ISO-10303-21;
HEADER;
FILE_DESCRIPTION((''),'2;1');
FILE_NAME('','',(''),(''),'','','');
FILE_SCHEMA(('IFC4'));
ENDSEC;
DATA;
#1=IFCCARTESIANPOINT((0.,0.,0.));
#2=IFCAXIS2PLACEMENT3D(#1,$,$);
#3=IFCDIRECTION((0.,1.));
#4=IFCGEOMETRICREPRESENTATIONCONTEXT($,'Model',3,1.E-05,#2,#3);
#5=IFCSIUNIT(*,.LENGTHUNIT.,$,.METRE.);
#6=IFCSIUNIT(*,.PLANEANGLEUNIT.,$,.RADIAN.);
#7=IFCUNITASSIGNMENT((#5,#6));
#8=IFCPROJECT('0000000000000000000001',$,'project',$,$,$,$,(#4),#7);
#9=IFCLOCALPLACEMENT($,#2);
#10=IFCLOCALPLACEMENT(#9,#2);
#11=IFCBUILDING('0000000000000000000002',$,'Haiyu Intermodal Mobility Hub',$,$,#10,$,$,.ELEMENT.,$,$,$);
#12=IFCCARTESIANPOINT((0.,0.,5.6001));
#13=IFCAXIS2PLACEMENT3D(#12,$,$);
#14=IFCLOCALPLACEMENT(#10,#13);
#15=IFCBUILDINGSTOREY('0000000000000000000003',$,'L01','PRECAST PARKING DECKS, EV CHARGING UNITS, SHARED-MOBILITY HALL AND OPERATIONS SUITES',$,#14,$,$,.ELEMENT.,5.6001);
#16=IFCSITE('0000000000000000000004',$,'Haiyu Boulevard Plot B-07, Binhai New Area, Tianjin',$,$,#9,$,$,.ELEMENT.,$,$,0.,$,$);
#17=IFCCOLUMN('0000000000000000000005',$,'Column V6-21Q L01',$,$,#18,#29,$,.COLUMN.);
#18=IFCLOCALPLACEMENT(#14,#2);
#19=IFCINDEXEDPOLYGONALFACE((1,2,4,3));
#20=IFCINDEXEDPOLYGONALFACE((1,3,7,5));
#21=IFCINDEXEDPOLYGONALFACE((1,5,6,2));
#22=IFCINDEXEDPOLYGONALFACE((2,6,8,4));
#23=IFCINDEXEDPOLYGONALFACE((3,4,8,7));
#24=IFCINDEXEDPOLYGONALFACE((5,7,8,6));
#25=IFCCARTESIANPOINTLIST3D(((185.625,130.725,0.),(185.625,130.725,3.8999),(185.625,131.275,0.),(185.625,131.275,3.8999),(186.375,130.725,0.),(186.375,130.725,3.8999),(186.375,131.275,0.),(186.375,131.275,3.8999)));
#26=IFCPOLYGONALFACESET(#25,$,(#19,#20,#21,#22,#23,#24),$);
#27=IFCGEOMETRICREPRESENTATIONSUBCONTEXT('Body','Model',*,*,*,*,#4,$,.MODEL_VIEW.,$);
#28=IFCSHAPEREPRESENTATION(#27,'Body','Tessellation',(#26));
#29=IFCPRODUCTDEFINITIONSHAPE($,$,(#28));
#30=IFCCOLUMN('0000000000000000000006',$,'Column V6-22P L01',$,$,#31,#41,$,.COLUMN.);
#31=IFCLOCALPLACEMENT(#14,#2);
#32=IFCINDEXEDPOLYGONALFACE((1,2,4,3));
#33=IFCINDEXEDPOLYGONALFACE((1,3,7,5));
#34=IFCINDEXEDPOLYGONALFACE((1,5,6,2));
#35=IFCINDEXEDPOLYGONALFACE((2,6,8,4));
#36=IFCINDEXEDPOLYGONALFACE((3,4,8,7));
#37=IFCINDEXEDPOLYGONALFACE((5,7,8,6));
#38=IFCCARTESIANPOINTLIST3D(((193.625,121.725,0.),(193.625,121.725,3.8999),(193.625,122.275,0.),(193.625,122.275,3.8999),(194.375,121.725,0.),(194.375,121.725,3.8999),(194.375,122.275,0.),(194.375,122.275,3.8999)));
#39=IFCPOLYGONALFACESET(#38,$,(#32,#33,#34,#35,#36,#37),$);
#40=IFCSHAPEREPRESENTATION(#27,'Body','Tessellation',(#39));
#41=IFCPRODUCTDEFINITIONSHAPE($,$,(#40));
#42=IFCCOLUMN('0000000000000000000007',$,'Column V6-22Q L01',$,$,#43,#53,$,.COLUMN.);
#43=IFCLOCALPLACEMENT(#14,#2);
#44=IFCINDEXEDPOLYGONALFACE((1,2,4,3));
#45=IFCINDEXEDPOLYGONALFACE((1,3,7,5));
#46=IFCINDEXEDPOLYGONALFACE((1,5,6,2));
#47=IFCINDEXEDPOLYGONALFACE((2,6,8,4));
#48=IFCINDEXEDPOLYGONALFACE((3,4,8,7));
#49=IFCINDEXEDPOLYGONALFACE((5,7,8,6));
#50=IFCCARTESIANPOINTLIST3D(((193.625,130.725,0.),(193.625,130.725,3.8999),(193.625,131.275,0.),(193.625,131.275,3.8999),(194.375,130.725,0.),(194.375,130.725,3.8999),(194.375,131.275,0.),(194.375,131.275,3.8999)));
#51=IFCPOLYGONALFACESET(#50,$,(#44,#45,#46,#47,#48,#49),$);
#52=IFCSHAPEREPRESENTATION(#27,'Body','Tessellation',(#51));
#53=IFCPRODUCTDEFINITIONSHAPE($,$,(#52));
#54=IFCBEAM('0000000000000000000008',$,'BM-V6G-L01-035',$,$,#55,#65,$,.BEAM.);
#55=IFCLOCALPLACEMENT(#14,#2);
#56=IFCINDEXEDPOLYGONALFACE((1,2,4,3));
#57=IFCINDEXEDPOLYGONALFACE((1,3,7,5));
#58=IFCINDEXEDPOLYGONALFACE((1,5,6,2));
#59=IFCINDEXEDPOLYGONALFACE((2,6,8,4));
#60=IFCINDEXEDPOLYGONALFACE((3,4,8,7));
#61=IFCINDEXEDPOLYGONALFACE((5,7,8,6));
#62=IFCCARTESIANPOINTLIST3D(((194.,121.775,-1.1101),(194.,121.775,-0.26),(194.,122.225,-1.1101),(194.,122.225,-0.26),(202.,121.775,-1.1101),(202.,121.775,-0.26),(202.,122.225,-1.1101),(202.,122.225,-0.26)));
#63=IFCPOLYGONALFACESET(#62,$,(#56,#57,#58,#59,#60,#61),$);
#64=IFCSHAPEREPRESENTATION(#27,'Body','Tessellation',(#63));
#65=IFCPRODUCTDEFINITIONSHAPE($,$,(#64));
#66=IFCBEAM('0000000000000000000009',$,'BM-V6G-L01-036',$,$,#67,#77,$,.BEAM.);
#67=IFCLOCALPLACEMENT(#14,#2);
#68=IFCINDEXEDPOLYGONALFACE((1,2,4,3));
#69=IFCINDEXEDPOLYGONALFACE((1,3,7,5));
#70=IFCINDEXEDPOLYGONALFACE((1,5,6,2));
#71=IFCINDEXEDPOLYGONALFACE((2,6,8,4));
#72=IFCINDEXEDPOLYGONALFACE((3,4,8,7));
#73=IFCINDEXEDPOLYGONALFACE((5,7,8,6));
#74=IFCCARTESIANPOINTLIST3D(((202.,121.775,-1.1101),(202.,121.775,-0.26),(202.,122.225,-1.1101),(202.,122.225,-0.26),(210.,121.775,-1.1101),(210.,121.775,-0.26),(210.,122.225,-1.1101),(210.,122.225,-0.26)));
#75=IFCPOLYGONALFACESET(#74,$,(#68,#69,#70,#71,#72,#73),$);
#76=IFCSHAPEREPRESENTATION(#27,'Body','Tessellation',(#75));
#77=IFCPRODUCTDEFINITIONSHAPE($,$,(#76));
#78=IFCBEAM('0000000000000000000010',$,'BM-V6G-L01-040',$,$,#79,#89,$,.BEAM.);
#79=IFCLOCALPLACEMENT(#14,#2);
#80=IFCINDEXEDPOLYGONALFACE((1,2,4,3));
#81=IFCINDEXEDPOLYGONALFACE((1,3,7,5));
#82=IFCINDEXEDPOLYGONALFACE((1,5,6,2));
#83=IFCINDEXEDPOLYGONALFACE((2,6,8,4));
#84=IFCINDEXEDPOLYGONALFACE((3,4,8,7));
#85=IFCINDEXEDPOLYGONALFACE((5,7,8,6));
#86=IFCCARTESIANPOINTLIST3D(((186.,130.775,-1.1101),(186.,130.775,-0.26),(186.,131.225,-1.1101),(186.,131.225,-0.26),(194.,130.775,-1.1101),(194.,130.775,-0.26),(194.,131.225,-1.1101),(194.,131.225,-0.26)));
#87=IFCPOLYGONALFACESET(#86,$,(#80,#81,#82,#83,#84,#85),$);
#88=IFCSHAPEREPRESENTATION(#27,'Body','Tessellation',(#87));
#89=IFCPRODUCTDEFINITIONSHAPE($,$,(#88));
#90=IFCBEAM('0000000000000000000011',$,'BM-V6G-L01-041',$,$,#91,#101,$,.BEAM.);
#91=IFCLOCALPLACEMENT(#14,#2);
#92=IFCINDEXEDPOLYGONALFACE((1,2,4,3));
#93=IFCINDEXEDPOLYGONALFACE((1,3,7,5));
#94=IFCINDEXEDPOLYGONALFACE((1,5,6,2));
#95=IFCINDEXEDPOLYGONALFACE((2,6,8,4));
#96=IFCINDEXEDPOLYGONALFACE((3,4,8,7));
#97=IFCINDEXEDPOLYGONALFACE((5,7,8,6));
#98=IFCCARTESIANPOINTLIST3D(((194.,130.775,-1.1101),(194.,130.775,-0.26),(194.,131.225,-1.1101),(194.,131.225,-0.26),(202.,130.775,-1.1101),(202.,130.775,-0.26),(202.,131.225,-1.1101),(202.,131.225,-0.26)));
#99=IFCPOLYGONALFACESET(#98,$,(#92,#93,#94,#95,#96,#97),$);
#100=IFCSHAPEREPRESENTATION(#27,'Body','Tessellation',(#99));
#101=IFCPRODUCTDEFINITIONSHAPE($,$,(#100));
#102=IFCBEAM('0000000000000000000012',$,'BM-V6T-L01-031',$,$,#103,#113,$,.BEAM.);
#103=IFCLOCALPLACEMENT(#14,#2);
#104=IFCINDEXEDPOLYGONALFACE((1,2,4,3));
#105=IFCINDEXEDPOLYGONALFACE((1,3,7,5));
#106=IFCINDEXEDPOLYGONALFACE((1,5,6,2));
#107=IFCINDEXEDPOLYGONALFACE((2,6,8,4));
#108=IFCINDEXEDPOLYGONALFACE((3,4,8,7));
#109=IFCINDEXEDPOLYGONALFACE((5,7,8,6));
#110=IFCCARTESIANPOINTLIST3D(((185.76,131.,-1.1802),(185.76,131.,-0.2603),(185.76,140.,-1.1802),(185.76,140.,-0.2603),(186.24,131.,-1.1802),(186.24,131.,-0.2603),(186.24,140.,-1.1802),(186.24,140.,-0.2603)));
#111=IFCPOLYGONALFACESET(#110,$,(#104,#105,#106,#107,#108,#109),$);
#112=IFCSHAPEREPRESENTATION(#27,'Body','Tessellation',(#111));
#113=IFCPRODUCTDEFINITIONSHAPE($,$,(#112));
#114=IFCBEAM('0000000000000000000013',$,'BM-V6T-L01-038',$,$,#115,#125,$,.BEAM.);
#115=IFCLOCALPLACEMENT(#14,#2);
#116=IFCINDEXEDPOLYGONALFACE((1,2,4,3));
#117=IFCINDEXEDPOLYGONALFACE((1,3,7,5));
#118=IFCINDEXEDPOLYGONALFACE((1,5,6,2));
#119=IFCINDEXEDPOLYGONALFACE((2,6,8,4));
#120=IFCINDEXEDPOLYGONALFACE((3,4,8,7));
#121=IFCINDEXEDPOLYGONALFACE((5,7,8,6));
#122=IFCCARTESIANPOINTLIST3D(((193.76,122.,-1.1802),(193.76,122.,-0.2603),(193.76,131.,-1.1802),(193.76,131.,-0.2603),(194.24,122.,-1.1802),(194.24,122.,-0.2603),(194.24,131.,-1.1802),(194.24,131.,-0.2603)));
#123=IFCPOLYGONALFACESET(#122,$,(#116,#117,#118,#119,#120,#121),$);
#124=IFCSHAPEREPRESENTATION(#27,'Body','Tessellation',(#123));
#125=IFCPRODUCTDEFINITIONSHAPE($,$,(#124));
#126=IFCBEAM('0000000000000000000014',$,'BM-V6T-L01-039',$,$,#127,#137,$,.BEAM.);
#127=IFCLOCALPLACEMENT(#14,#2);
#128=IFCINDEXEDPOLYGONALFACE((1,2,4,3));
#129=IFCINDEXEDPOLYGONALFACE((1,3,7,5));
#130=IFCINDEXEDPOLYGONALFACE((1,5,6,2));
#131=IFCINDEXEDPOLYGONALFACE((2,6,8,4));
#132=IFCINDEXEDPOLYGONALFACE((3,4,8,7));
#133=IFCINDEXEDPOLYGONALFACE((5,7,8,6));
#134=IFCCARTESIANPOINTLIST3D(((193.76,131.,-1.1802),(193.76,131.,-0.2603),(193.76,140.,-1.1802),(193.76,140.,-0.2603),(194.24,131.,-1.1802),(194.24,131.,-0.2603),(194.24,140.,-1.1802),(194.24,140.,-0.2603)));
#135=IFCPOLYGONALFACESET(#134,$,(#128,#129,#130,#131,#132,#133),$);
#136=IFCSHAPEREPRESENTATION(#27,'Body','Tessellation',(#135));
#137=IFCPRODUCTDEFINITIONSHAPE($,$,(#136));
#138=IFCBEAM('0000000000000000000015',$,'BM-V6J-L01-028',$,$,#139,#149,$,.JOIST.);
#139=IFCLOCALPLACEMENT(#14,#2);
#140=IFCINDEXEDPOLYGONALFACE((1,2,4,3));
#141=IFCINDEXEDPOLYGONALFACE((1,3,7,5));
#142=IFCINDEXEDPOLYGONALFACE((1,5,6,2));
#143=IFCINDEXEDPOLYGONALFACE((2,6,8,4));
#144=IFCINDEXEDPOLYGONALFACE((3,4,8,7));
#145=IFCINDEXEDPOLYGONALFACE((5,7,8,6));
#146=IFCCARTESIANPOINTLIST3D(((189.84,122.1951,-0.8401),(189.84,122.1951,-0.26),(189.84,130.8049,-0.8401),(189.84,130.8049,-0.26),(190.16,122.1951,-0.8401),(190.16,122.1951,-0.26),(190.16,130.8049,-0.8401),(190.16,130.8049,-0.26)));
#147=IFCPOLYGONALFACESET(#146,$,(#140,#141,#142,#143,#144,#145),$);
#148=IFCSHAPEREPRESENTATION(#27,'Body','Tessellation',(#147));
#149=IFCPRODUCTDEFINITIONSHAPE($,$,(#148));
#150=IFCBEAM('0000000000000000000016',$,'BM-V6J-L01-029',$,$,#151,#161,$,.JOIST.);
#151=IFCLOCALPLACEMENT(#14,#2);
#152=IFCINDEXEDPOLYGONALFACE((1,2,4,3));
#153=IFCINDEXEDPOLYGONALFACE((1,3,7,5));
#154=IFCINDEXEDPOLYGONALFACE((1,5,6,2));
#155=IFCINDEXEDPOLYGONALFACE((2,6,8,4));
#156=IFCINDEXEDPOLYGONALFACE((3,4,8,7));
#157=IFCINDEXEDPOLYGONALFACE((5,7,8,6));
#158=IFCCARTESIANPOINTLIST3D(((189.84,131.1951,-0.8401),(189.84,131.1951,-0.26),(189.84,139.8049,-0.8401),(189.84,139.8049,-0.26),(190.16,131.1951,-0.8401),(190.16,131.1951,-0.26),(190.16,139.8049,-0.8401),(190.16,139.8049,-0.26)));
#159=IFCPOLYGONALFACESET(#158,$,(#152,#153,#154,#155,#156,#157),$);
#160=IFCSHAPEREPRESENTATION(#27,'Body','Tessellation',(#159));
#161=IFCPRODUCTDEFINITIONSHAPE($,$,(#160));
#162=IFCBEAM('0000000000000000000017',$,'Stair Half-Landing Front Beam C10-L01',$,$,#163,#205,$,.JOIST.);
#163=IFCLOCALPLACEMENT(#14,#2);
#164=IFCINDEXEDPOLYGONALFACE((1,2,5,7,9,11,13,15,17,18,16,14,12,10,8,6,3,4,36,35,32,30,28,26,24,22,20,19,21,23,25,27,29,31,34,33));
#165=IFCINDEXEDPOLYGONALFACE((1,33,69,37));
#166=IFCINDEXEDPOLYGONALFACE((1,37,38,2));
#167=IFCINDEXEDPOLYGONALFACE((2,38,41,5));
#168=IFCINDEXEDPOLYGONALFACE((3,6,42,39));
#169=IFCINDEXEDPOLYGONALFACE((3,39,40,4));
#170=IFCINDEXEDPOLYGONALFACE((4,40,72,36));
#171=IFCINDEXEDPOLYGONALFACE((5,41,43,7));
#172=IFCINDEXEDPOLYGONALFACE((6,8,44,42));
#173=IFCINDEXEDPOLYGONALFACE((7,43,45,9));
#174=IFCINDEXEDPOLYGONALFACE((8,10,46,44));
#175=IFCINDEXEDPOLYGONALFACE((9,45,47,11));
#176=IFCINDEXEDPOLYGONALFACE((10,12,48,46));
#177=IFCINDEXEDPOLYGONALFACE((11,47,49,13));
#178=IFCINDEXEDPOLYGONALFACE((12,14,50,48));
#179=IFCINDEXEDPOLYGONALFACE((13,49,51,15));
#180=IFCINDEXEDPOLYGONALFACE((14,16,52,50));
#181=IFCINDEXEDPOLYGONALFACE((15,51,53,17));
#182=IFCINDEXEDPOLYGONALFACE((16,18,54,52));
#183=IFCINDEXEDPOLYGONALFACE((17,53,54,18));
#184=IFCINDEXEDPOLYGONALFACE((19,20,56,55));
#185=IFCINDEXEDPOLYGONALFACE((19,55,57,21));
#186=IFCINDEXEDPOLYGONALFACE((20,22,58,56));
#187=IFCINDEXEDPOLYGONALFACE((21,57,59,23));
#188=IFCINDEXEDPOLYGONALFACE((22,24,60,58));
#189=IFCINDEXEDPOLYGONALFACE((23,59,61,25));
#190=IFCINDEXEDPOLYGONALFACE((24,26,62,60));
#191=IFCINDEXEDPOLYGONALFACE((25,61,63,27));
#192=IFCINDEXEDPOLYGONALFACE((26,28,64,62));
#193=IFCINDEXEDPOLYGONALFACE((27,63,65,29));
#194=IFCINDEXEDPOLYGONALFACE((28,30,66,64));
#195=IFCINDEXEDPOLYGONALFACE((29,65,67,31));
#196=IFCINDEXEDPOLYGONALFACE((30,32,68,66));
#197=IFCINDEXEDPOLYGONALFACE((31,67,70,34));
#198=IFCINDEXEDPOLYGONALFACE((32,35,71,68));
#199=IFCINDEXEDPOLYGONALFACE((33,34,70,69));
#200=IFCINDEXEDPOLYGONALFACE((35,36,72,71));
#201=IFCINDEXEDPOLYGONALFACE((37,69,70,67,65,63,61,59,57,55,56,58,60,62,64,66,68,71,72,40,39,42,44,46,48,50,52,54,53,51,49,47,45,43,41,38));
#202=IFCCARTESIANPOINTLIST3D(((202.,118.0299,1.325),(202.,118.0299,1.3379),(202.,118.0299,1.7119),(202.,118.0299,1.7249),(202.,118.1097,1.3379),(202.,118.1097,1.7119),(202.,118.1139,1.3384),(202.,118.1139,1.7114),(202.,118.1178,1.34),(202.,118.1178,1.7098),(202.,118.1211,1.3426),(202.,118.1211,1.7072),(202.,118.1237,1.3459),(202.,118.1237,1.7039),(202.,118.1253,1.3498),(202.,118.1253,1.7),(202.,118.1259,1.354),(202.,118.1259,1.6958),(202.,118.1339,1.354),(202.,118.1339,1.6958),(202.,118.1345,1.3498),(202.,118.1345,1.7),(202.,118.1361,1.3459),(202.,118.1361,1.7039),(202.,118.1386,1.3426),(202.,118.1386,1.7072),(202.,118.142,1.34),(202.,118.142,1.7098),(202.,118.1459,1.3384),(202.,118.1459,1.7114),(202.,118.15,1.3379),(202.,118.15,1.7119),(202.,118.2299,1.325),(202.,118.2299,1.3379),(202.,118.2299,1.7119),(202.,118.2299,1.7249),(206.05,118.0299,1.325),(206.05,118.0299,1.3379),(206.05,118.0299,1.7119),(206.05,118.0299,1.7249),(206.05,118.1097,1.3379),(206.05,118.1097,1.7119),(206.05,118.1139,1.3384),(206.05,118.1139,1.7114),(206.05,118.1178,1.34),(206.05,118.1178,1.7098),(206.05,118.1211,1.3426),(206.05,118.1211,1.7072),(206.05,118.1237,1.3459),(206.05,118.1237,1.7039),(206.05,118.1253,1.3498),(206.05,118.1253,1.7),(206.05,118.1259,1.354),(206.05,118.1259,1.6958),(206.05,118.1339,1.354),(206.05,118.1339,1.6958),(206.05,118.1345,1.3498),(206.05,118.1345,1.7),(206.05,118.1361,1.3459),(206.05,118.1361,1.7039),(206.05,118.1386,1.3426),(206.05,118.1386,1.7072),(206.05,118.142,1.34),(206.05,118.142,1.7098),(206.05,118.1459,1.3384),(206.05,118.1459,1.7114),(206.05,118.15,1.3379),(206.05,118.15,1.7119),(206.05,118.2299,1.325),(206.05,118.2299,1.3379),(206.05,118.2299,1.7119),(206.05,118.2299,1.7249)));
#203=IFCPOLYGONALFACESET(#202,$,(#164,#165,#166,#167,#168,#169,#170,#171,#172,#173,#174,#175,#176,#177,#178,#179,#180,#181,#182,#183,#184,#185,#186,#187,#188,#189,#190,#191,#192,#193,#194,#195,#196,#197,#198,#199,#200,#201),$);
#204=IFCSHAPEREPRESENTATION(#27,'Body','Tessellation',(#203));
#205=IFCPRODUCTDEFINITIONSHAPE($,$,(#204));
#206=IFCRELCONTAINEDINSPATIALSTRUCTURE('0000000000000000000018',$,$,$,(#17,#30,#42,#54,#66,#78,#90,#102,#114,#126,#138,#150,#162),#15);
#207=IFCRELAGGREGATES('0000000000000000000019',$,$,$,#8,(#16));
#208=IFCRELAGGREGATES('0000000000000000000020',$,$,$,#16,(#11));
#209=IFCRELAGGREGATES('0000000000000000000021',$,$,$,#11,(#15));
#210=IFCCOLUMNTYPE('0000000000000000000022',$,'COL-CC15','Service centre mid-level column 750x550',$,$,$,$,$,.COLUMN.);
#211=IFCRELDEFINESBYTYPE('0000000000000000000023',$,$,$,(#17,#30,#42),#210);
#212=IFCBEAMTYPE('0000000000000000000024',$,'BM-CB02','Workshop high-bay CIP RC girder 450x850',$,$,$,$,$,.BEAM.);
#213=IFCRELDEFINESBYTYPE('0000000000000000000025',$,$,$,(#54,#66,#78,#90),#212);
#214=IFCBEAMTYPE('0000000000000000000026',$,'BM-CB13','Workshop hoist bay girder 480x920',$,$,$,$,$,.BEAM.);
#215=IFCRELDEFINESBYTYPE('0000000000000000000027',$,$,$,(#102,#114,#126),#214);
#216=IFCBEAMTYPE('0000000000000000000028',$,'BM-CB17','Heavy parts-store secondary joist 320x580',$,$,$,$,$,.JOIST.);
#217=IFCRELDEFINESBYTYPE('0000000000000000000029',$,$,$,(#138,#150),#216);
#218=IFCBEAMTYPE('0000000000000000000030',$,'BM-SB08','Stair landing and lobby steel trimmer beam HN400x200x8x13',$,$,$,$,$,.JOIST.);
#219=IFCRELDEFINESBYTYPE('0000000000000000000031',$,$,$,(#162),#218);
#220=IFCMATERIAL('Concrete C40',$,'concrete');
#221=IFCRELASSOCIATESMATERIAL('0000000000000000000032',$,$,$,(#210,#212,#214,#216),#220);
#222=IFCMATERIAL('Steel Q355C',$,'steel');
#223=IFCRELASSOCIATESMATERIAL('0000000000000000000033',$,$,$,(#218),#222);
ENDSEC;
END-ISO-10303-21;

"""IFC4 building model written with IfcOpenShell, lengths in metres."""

from ifc_helpers import new_model, si_unit, direction, frame, origin, origin_2d, place, context, subcontext, project, spatial, rectangle, i_section, extrude, material, material_profile, profile_set, type_object, element, save


model = new_model("IFC4")

# Units and contexts
model_context = context("Model", 3, precision=1e-05, world=origin(), true_north=direction((0.0, 1.0)))
body_context = subcontext(model_context, "Body", "Model", "MODEL_VIEW")
ifc_project = project(units=[si_unit("LENGTHUNIT", "METRE"), si_unit("PLANEANGLEUNIT", "RADIAN")], contexts=[model_context])

# Site, building, storey
site_placement = place(None, origin())
site = spatial("IfcSite", under=ifc_project, at=site_placement, Name="Haiyu Boulevard Plot B-07, Binhai New Area, Tianjin", CompositionType="ELEMENT", RefElevation=0.0)
building_placement = place(site_placement, origin())
building = spatial("IfcBuilding", under=site, at=building_placement, Name="Haiyu Intermodal Mobility Hub", CompositionType="ELEMENT")
storey_placement = place(building_placement, frame((0.0, 0.0, 5.6001)))
storey = spatial("IfcBuildingStorey", under=building, at=storey_placement, Name="L01", Description="PRECAST PARKING DECKS, EV CHARGING UNITS, SHARED-MOBILITY HALL AND OPERATIONS SUITES", CompositionType="ELEMENT", Elevation=5.6001)

# Columns
ifc_material_1 = material(Name="Concrete C40", Category="concrete")
ifc_material_profile_1 = material_profile(ifc_material_1, rectangle(XDim=0.75, YDim=0.55, at=origin_2d()), Name="C750x550")
ifc_profile_set_1 = profile_set([ifc_material_profile_1], Name="Concrete C40")
column_type = type_object("IfcColumnType", Name="COL-CC15", Description="Service centre mid-level column 750x550", PredefinedType="COLUMN", material=ifc_profile_set_1)
for number, where, z_axis, x_axis, name in (
    (1, (186.0, 131.0, 0.0), (0.0, 0.0, 1.0), (1.0, 0.0, 0.0), "Column V6-21Q L01"),
    (2, (194.0, 122.0, 0.0), (0.0, 0.0, 1.0), (1.0, 0.0, 0.0), "Column V6-22P L01"),
    (3, (194.0, 131.0, 0.0), (0.0, 0.0, 1.0), (1.0, 0.0, 0.0), "Column V6-22Q L01"),
):
    element("IfcColumn", number, at=place(storey_placement, frame(where, z_axis=z_axis, x_axis=x_axis)), inside=storey, type_object=column_type, Name=name, PredefinedType="COLUMN", context=body_context, shape_type="SweptSolid", body=[
        extrude(rectangle(XDim=0.75, YDim=0.55, at=origin_2d()), origin(), (0.0, 0.0, 1.0), 3.8999),
    ])

# Beams
ifc_material_profile_2 = material_profile(ifc_material_1, rectangle(XDim=0.45, YDim=0.8501, at=origin_2d()), Name="RCB450x850")
ifc_profile_set_2 = profile_set([ifc_material_profile_2], Name="Concrete C40")
beam_type_1 = type_object("IfcBeamType", Name="BM-CB02", Description="Workshop high-bay CIP RC girder 450x850", PredefinedType="BEAM", material=ifc_profile_set_2)
for number, where, z_axis, x_axis, name in (
    (4, (194.0, 122.0, -0.6851), (1.0, 0.0, 0.0), (0.0, 1.0, 0.0), "BM-V6G-L01-035"),
    (5, (202.0, 122.0, -0.6851), (1.0, 0.0, 0.0), (0.0, 1.0, 0.0), "BM-V6G-L01-036"),
    (6, (186.0, 131.0, -0.6851), (1.0, 0.0, 0.0), (0.0, 1.0, 0.0), "BM-V6G-L01-040"),
    (7, (194.0, 131.0, -0.6851), (1.0, 0.0, 0.0), (0.0, 1.0, 0.0), "BM-V6G-L01-041"),
):
    element("IfcBeam", number, at=place(storey_placement, frame(where, z_axis=z_axis, x_axis=x_axis)), inside=storey, type_object=beam_type_1, Name=name, PredefinedType="BEAM", context=body_context, shape_type="SweptSolid", body=[
        extrude(rectangle(XDim=0.45, YDim=0.8501, at=origin_2d()), origin(), (0.0, 0.0, 1.0), 8.0),
    ])
ifc_material_profile_3 = material_profile(ifc_material_1, rectangle(XDim=0.48, YDim=0.9199, at=origin_2d()), Name="B480x920")
ifc_profile_set_3 = profile_set([ifc_material_profile_3], Name="Concrete C40")
beam_type_2 = type_object("IfcBeamType", Name="BM-CB13", Description="Workshop hoist bay girder 480x920", PredefinedType="BEAM", material=ifc_profile_set_3)
for number, where, z_axis, x_axis, name in (
    (8, (186.0, 131.0, -0.7202), (0.0, 1.0, 0.0), (-1.0, 0.0, 0.0), "BM-V6T-L01-031"),
    (9, (194.0, 122.0, -0.7202), (0.0, 1.0, 0.0), (-1.0, 0.0, 0.0), "BM-V6T-L01-038"),
    (10, (194.0, 131.0, -0.7202), (0.0, 1.0, 0.0), (-1.0, 0.0, 0.0), "BM-V6T-L01-039"),
):
    element("IfcBeam", number, at=place(storey_placement, frame(where, z_axis=z_axis, x_axis=x_axis)), inside=storey, type_object=beam_type_2, Name=name, PredefinedType="BEAM", context=body_context, shape_type="SweptSolid", body=[
        extrude(rectangle(XDim=0.48, YDim=0.9199, at=origin_2d()), origin(), (0.0, 0.0, 1.0), 9.0),
    ])
ifc_material_profile_4 = material_profile(ifc_material_1, rectangle(XDim=0.3201, YDim=0.5801, at=origin_2d()), Name="B320x580")
ifc_profile_set_4 = profile_set([ifc_material_profile_4], Name="Concrete C40")
beam_type_3 = type_object("IfcBeamType", Name="BM-CB17", Description="Heavy parts-store secondary joist 320x580", PredefinedType="JOIST", material=ifc_profile_set_4)
for number, where, z_axis, x_axis, name in (
    (11, (190.0, 122.1951, -0.55), (0.0, 1.0, 0.0), (-1.0, 0.0, 0.0), "BM-V6J-L01-028"),
    (12, (190.0, 131.1951, -0.55), (0.0, 1.0, 0.0), (-1.0, 0.0, 0.0), "BM-V6J-L01-029"),
):
    element("IfcBeam", number, at=place(storey_placement, frame(where, z_axis=z_axis, x_axis=x_axis)), inside=storey, type_object=beam_type_3, Name=name, PredefinedType="JOIST", context=body_context, shape_type="SweptSolid", body=[
        extrude(rectangle(XDim=0.3201, YDim=0.5801, at=origin_2d()), origin(), (0.0, 0.0, 1.0), 8.6099),
    ])
ifc_material_2 = material(Name="Steel Q355C", Category="steel")
ifc_material_profile_5 = material_profile(ifc_material_2, i_section(OverallWidth=0.2, OverallDepth=0.3999, WebThickness=0.0081, FlangeThickness=0.0129, FilletRadius=0.0161, at=origin_2d()), Name="HN400x200x8x13")
ifc_profile_set_5 = profile_set([ifc_material_profile_5], Name="Steel Q355C")
beam_type_4 = type_object("IfcBeamType", Name="BM-SB08", Description="Stair landing and lobby steel trimmer beam HN400x200x8x13", PredefinedType="JOIST", material=ifc_profile_set_5)
for number, where, z_axis, x_axis, name in (
    (13, (202.0, 118.1299, 1.5249), (1.0, 0.0, 0.0), (0.0, 1.0, 0.0), "Stair Half-Landing Front Beam C10-L01"),
):
    element("IfcBeam", number, at=place(storey_placement, frame(where, z_axis=z_axis, x_axis=x_axis)), inside=storey, type_object=beam_type_4, Name=name, PredefinedType="JOIST", context=body_context, shape_type="SweptSolid", body=[
        extrude(i_section(OverallWidth=0.2, OverallDepth=0.3999, WebThickness=0.0081, FlangeThickness=0.0129, FilletRadius=0.0161, at=origin_2d()), origin(), (0.0, 0.0, 1.0), 4.05),
    ])

save(model, "model.ifc")
